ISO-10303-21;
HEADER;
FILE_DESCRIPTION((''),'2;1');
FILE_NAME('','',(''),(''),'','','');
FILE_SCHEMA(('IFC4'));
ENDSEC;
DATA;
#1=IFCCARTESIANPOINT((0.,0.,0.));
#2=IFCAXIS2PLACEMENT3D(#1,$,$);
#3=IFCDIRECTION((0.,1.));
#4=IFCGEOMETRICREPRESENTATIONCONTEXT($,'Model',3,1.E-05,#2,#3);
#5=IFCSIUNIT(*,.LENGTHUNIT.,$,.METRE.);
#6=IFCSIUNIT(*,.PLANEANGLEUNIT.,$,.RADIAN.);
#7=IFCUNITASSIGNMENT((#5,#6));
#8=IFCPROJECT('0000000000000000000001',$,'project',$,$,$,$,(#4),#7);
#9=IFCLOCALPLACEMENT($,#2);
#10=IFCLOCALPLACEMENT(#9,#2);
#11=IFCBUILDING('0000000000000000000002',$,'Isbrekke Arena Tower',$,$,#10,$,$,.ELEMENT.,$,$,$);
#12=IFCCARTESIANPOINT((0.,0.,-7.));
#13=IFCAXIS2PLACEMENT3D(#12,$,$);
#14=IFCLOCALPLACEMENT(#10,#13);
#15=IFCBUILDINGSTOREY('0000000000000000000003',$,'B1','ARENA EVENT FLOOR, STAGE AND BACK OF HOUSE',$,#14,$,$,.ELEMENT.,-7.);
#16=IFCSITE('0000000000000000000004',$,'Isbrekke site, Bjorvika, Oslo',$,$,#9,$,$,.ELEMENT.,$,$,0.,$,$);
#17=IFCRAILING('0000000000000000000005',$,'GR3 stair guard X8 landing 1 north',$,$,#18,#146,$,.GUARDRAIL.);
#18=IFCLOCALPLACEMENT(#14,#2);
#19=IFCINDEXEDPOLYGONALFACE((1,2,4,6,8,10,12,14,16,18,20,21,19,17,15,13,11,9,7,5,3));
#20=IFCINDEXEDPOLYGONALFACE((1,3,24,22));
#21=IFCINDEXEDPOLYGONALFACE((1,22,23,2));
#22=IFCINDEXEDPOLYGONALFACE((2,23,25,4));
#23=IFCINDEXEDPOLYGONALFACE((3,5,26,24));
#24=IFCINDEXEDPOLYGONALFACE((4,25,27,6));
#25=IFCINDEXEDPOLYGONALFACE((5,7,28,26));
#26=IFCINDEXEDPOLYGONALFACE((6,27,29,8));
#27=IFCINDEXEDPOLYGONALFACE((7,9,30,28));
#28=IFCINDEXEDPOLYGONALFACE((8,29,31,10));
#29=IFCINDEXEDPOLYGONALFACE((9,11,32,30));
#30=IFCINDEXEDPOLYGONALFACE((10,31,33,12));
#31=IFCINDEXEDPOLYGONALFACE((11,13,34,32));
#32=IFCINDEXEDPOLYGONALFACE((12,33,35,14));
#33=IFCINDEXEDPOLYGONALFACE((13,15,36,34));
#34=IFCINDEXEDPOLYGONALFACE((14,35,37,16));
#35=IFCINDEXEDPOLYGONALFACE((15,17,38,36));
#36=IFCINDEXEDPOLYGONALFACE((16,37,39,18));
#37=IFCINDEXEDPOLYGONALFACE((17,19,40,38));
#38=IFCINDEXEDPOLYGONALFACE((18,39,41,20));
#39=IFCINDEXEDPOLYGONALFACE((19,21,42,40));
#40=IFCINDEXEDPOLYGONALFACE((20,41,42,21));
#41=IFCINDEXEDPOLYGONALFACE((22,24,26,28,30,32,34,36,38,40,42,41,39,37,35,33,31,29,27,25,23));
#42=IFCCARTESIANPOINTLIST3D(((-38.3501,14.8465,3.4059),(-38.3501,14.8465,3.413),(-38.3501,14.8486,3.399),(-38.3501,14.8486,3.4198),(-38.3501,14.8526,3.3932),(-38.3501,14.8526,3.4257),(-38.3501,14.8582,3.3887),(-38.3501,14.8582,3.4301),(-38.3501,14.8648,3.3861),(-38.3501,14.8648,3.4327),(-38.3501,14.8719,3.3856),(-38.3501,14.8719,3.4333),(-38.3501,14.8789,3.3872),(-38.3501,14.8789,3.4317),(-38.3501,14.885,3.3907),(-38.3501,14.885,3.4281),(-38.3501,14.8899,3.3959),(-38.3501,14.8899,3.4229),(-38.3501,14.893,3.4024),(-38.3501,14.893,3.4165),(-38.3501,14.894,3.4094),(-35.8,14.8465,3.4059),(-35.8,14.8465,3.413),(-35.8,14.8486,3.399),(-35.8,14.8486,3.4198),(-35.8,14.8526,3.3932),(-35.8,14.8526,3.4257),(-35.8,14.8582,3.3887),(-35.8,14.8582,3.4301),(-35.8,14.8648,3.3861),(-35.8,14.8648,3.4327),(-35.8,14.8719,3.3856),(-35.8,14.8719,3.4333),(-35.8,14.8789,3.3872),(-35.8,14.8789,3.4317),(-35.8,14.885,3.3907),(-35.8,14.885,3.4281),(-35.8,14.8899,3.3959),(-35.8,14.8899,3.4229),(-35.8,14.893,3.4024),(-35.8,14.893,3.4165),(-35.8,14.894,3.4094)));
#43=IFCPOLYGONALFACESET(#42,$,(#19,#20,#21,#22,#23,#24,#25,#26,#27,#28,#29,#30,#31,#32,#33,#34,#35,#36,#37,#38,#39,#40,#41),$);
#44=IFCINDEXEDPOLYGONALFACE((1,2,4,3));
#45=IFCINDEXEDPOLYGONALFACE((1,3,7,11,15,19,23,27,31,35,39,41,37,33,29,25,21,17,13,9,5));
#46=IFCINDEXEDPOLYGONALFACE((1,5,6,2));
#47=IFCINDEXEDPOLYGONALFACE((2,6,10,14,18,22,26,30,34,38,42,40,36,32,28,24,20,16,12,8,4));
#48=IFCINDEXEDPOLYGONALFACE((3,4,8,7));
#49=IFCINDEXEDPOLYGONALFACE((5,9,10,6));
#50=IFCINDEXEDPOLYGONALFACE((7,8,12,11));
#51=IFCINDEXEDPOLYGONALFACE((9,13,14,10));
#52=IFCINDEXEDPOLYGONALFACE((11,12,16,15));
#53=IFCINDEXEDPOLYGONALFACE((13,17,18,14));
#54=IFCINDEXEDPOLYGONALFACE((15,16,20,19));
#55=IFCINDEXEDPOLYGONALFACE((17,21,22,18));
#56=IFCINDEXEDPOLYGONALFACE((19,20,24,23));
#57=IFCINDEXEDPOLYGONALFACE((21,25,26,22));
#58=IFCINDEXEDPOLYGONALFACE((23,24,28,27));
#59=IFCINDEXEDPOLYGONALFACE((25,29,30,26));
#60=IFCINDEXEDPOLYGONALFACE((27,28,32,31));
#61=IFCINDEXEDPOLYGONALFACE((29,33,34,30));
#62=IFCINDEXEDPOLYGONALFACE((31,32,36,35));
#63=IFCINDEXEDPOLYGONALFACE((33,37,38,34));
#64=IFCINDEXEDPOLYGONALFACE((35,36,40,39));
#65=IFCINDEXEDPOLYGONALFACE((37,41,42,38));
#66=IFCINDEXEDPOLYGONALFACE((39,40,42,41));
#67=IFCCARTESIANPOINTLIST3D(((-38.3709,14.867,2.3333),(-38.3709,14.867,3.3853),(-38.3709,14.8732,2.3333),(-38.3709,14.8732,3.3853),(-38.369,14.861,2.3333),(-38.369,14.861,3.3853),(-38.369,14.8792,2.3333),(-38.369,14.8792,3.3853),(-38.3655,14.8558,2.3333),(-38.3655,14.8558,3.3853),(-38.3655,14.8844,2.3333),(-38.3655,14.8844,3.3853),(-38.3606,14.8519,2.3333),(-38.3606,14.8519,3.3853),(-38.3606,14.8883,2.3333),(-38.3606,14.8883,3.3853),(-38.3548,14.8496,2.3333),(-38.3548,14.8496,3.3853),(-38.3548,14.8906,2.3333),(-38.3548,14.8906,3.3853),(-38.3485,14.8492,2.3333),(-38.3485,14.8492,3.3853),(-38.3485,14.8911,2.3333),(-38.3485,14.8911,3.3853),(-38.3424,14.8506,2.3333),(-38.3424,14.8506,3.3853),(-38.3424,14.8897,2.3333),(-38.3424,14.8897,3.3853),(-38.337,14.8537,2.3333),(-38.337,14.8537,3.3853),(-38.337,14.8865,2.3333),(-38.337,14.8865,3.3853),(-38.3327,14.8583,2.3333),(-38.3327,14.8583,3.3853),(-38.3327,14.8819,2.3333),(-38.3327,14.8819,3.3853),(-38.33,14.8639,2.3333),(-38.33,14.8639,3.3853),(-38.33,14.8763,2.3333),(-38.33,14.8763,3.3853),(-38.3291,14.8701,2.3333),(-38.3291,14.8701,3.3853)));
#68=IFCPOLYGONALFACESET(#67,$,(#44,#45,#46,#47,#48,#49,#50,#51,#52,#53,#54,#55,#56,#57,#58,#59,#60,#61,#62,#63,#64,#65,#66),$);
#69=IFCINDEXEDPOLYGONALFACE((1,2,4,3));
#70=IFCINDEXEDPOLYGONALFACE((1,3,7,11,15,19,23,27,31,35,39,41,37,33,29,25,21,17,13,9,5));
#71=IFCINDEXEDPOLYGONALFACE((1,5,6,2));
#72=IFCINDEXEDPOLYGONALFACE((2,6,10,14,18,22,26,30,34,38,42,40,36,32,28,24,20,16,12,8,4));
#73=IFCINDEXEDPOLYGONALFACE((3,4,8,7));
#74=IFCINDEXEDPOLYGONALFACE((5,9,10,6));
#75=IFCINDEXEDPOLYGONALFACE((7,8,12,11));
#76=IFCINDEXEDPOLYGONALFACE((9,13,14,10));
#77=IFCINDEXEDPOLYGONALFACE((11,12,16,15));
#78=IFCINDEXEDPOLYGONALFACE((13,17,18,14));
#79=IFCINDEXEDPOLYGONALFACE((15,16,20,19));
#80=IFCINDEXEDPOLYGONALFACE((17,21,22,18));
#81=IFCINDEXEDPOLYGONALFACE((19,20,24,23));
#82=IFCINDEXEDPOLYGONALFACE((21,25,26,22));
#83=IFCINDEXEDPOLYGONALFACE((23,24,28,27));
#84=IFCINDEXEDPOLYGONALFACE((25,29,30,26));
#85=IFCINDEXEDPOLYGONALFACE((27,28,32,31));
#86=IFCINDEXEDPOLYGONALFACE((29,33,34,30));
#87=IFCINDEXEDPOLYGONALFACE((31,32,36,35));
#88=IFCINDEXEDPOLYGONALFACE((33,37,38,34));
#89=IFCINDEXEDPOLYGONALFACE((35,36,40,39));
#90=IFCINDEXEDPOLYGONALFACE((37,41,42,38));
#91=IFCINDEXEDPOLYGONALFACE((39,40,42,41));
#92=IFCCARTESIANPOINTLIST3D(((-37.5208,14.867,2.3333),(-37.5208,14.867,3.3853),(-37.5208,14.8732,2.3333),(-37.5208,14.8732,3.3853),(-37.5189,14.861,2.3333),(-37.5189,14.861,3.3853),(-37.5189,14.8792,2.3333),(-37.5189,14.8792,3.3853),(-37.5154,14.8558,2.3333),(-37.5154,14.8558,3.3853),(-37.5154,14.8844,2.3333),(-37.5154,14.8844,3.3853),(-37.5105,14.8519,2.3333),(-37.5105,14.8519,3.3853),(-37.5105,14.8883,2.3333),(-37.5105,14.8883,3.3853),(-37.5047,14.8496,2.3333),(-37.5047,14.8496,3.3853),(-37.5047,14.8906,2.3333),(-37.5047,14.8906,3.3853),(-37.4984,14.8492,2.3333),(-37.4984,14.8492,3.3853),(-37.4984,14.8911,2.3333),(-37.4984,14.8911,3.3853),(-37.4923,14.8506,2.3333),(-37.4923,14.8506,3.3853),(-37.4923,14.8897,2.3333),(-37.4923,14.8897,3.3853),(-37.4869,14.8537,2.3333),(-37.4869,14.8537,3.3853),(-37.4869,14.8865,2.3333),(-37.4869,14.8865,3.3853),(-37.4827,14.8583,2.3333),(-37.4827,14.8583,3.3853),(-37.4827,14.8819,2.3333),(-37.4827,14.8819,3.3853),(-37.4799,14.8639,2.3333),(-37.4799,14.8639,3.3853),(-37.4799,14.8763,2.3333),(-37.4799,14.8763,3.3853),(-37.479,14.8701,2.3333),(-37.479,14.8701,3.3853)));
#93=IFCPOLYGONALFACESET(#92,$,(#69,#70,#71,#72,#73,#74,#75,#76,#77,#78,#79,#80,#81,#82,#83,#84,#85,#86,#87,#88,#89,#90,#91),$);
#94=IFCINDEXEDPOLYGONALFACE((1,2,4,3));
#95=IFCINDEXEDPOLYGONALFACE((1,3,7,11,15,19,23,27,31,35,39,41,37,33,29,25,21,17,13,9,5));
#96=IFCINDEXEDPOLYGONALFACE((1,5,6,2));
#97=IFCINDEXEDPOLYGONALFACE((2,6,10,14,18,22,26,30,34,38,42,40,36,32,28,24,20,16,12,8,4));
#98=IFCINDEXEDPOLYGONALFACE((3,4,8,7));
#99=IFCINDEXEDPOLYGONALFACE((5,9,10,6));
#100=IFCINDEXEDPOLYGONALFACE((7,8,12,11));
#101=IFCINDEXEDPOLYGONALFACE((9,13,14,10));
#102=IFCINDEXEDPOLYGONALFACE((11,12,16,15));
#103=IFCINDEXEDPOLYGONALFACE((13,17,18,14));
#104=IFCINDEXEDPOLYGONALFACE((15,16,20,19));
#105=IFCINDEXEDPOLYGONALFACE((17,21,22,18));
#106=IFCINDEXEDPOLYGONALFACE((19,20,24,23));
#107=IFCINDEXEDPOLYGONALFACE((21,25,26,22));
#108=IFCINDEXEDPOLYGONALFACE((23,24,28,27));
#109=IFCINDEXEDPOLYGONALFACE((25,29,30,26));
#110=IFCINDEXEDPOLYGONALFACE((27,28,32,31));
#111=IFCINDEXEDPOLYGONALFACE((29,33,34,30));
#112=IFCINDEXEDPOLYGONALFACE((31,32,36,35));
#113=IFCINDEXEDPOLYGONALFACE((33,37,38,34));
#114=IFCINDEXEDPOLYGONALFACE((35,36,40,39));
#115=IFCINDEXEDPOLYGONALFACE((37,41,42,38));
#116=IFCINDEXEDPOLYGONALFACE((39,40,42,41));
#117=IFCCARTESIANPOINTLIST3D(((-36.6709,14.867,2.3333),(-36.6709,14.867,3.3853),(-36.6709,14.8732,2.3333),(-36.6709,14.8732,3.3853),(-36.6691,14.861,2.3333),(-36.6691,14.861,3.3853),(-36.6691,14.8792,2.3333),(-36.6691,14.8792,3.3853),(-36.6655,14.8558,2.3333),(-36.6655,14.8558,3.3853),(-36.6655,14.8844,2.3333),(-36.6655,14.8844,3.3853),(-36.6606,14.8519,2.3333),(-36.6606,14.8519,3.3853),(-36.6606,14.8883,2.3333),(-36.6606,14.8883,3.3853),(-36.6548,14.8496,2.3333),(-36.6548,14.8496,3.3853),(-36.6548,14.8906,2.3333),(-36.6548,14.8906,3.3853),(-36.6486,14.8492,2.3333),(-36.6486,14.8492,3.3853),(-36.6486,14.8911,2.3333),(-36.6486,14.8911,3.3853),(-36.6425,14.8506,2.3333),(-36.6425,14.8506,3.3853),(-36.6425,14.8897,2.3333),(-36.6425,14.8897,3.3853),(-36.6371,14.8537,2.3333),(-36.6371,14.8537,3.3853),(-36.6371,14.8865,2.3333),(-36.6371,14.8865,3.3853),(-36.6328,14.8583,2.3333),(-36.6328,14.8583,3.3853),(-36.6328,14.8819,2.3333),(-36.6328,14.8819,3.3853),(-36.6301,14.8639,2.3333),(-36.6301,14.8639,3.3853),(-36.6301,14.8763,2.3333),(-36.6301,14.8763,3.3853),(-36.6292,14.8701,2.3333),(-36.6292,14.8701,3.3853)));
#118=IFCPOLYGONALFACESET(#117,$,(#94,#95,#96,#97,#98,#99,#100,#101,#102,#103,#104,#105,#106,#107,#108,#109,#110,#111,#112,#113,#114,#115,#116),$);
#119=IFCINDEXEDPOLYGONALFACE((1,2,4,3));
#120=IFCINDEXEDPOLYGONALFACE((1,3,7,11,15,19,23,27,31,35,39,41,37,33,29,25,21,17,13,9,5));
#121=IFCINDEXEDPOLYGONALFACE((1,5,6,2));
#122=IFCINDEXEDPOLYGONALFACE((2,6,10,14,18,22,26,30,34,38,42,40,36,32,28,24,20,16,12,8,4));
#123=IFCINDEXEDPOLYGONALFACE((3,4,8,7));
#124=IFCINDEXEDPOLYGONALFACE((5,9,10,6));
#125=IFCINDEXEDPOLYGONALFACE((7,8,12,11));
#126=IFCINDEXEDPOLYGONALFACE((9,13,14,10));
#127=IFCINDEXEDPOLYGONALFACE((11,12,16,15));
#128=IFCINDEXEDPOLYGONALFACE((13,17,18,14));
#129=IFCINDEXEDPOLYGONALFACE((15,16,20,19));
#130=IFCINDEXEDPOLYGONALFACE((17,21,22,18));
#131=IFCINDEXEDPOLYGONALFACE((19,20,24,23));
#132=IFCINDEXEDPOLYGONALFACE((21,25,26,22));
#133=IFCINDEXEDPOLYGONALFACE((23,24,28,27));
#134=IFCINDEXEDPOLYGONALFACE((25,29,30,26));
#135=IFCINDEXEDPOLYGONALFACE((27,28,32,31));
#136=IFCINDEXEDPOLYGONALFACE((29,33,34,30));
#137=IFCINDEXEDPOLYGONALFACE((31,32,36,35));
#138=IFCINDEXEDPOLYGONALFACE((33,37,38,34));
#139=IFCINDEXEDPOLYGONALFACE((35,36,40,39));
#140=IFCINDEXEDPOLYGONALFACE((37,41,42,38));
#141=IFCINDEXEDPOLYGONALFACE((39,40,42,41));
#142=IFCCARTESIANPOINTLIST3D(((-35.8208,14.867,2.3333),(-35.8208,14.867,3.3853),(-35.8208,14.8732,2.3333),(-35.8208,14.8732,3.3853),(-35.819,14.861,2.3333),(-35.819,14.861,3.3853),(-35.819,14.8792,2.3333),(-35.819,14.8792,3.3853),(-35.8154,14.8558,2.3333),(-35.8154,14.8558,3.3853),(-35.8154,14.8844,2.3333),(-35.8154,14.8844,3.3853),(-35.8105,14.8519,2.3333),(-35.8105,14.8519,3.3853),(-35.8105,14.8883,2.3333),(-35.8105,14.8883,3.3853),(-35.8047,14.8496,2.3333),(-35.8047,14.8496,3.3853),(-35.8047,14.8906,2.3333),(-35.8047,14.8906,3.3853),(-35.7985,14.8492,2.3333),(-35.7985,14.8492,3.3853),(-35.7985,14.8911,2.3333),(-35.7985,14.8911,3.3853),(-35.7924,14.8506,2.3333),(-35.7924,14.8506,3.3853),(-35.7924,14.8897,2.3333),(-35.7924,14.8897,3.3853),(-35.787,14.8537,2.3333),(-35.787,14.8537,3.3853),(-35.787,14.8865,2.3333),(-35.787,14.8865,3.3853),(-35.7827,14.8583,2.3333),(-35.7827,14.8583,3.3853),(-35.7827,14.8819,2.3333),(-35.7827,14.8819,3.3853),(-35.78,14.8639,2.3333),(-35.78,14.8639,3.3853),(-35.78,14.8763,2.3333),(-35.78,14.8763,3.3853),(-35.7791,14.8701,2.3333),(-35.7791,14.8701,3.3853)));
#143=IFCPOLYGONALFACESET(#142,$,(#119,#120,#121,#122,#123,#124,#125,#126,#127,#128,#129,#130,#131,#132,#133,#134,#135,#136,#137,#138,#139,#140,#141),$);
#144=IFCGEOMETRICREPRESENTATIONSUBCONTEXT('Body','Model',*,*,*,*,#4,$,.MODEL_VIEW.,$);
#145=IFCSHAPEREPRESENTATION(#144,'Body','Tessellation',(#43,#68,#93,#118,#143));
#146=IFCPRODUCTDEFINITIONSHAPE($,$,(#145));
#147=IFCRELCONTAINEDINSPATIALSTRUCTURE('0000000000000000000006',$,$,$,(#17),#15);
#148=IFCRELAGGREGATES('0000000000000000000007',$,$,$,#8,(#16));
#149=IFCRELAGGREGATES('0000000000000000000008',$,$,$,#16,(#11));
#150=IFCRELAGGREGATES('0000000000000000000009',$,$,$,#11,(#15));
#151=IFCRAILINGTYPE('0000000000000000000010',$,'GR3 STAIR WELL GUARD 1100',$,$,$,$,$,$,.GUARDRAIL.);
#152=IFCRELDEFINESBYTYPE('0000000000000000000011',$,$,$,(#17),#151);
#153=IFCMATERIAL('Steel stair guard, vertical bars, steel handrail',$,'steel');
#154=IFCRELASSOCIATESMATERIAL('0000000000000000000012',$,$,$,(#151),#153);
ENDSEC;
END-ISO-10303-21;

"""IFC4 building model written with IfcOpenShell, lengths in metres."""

from ifc_helpers import new_model, si_unit, direction, frame, origin, origin_2d, place, context, subcontext, project, spatial, circle, extrude, material, type_object, element, save


model = new_model("IFC4")

# Units and contexts
model_context = context("Model", 3, precision=1e-05, world=origin(), true_north=direction((0.0, 1.0)))
body_context = subcontext(model_context, "Body", "Model", "MODEL_VIEW")
ifc_project = project(units=[si_unit("LENGTHUNIT", "METRE"), si_unit("PLANEANGLEUNIT", "RADIAN")], contexts=[model_context])

# Site, building, storey
site_placement = place(None, origin())
site = spatial("IfcSite", under=ifc_project, at=site_placement, Name="Isbrekke site, Bjorvika, Oslo", CompositionType="ELEMENT", RefElevation=0.0)
building_placement = place(site_placement, origin())
building = spatial("IfcBuilding", under=site, at=building_placement, Name="Isbrekke Arena Tower", CompositionType="ELEMENT")
storey_placement = place(building_placement, frame((0.0, 0.0, -7.0)))
storey = spatial("IfcBuildingStorey", under=building, at=storey_placement, Name="B1", Description="ARENA EVENT FLOOR, STAGE AND BACK OF HOUSE", CompositionType="ELEMENT", Elevation=-7.0)

# Railing
ifc_material_1 = material(Name="Steel stair guard, vertical bars, steel handrail", Category="steel")
railing_type = type_object("IfcRailingType", Name="GR3 STAIR WELL GUARD 1100", PredefinedType="GUARDRAIL", material=ifc_material_1)
railing_placement = place(storey_placement, frame((-38.3501, 14.8701, 2.3333)))
element("IfcRailing", 1, at=railing_placement, inside=storey, type_object=railing_type, Name="GR3 stair guard X8 landing 1 north", PredefinedType="GUARDRAIL", context=body_context, shape_type="SweptSolid", body=[
    extrude(circle(Radius=0.0239, at=origin_2d()), frame((0.0, 0.0, 1.0762), z_axis=(1.0, 0.0, 0.0), x_axis=(0.0, 1.0, 0.0)), (0.0, 0.0, 1.0), 2.55),
    extrude(circle(Radius=0.021, at=origin_2d()), origin(), (0.0, 0.0, 1.0), 1.052),
    extrude(circle(Radius=0.021, at=origin_2d()), frame((0.8501, 0.0, 0.0)), (0.0, 0.0, 1.0), 1.052),
    extrude(circle(Radius=0.021, at=origin_2d()), frame((1.7, 0.0, 0.0)), (0.0, 0.0, 1.0), 1.052),
    extrude(circle(Radius=0.021, at=origin_2d()), frame((2.55, 0.0, 0.0)), (0.0, 0.0, 1.0), 1.052),
])

save(model, "model.ifc")
